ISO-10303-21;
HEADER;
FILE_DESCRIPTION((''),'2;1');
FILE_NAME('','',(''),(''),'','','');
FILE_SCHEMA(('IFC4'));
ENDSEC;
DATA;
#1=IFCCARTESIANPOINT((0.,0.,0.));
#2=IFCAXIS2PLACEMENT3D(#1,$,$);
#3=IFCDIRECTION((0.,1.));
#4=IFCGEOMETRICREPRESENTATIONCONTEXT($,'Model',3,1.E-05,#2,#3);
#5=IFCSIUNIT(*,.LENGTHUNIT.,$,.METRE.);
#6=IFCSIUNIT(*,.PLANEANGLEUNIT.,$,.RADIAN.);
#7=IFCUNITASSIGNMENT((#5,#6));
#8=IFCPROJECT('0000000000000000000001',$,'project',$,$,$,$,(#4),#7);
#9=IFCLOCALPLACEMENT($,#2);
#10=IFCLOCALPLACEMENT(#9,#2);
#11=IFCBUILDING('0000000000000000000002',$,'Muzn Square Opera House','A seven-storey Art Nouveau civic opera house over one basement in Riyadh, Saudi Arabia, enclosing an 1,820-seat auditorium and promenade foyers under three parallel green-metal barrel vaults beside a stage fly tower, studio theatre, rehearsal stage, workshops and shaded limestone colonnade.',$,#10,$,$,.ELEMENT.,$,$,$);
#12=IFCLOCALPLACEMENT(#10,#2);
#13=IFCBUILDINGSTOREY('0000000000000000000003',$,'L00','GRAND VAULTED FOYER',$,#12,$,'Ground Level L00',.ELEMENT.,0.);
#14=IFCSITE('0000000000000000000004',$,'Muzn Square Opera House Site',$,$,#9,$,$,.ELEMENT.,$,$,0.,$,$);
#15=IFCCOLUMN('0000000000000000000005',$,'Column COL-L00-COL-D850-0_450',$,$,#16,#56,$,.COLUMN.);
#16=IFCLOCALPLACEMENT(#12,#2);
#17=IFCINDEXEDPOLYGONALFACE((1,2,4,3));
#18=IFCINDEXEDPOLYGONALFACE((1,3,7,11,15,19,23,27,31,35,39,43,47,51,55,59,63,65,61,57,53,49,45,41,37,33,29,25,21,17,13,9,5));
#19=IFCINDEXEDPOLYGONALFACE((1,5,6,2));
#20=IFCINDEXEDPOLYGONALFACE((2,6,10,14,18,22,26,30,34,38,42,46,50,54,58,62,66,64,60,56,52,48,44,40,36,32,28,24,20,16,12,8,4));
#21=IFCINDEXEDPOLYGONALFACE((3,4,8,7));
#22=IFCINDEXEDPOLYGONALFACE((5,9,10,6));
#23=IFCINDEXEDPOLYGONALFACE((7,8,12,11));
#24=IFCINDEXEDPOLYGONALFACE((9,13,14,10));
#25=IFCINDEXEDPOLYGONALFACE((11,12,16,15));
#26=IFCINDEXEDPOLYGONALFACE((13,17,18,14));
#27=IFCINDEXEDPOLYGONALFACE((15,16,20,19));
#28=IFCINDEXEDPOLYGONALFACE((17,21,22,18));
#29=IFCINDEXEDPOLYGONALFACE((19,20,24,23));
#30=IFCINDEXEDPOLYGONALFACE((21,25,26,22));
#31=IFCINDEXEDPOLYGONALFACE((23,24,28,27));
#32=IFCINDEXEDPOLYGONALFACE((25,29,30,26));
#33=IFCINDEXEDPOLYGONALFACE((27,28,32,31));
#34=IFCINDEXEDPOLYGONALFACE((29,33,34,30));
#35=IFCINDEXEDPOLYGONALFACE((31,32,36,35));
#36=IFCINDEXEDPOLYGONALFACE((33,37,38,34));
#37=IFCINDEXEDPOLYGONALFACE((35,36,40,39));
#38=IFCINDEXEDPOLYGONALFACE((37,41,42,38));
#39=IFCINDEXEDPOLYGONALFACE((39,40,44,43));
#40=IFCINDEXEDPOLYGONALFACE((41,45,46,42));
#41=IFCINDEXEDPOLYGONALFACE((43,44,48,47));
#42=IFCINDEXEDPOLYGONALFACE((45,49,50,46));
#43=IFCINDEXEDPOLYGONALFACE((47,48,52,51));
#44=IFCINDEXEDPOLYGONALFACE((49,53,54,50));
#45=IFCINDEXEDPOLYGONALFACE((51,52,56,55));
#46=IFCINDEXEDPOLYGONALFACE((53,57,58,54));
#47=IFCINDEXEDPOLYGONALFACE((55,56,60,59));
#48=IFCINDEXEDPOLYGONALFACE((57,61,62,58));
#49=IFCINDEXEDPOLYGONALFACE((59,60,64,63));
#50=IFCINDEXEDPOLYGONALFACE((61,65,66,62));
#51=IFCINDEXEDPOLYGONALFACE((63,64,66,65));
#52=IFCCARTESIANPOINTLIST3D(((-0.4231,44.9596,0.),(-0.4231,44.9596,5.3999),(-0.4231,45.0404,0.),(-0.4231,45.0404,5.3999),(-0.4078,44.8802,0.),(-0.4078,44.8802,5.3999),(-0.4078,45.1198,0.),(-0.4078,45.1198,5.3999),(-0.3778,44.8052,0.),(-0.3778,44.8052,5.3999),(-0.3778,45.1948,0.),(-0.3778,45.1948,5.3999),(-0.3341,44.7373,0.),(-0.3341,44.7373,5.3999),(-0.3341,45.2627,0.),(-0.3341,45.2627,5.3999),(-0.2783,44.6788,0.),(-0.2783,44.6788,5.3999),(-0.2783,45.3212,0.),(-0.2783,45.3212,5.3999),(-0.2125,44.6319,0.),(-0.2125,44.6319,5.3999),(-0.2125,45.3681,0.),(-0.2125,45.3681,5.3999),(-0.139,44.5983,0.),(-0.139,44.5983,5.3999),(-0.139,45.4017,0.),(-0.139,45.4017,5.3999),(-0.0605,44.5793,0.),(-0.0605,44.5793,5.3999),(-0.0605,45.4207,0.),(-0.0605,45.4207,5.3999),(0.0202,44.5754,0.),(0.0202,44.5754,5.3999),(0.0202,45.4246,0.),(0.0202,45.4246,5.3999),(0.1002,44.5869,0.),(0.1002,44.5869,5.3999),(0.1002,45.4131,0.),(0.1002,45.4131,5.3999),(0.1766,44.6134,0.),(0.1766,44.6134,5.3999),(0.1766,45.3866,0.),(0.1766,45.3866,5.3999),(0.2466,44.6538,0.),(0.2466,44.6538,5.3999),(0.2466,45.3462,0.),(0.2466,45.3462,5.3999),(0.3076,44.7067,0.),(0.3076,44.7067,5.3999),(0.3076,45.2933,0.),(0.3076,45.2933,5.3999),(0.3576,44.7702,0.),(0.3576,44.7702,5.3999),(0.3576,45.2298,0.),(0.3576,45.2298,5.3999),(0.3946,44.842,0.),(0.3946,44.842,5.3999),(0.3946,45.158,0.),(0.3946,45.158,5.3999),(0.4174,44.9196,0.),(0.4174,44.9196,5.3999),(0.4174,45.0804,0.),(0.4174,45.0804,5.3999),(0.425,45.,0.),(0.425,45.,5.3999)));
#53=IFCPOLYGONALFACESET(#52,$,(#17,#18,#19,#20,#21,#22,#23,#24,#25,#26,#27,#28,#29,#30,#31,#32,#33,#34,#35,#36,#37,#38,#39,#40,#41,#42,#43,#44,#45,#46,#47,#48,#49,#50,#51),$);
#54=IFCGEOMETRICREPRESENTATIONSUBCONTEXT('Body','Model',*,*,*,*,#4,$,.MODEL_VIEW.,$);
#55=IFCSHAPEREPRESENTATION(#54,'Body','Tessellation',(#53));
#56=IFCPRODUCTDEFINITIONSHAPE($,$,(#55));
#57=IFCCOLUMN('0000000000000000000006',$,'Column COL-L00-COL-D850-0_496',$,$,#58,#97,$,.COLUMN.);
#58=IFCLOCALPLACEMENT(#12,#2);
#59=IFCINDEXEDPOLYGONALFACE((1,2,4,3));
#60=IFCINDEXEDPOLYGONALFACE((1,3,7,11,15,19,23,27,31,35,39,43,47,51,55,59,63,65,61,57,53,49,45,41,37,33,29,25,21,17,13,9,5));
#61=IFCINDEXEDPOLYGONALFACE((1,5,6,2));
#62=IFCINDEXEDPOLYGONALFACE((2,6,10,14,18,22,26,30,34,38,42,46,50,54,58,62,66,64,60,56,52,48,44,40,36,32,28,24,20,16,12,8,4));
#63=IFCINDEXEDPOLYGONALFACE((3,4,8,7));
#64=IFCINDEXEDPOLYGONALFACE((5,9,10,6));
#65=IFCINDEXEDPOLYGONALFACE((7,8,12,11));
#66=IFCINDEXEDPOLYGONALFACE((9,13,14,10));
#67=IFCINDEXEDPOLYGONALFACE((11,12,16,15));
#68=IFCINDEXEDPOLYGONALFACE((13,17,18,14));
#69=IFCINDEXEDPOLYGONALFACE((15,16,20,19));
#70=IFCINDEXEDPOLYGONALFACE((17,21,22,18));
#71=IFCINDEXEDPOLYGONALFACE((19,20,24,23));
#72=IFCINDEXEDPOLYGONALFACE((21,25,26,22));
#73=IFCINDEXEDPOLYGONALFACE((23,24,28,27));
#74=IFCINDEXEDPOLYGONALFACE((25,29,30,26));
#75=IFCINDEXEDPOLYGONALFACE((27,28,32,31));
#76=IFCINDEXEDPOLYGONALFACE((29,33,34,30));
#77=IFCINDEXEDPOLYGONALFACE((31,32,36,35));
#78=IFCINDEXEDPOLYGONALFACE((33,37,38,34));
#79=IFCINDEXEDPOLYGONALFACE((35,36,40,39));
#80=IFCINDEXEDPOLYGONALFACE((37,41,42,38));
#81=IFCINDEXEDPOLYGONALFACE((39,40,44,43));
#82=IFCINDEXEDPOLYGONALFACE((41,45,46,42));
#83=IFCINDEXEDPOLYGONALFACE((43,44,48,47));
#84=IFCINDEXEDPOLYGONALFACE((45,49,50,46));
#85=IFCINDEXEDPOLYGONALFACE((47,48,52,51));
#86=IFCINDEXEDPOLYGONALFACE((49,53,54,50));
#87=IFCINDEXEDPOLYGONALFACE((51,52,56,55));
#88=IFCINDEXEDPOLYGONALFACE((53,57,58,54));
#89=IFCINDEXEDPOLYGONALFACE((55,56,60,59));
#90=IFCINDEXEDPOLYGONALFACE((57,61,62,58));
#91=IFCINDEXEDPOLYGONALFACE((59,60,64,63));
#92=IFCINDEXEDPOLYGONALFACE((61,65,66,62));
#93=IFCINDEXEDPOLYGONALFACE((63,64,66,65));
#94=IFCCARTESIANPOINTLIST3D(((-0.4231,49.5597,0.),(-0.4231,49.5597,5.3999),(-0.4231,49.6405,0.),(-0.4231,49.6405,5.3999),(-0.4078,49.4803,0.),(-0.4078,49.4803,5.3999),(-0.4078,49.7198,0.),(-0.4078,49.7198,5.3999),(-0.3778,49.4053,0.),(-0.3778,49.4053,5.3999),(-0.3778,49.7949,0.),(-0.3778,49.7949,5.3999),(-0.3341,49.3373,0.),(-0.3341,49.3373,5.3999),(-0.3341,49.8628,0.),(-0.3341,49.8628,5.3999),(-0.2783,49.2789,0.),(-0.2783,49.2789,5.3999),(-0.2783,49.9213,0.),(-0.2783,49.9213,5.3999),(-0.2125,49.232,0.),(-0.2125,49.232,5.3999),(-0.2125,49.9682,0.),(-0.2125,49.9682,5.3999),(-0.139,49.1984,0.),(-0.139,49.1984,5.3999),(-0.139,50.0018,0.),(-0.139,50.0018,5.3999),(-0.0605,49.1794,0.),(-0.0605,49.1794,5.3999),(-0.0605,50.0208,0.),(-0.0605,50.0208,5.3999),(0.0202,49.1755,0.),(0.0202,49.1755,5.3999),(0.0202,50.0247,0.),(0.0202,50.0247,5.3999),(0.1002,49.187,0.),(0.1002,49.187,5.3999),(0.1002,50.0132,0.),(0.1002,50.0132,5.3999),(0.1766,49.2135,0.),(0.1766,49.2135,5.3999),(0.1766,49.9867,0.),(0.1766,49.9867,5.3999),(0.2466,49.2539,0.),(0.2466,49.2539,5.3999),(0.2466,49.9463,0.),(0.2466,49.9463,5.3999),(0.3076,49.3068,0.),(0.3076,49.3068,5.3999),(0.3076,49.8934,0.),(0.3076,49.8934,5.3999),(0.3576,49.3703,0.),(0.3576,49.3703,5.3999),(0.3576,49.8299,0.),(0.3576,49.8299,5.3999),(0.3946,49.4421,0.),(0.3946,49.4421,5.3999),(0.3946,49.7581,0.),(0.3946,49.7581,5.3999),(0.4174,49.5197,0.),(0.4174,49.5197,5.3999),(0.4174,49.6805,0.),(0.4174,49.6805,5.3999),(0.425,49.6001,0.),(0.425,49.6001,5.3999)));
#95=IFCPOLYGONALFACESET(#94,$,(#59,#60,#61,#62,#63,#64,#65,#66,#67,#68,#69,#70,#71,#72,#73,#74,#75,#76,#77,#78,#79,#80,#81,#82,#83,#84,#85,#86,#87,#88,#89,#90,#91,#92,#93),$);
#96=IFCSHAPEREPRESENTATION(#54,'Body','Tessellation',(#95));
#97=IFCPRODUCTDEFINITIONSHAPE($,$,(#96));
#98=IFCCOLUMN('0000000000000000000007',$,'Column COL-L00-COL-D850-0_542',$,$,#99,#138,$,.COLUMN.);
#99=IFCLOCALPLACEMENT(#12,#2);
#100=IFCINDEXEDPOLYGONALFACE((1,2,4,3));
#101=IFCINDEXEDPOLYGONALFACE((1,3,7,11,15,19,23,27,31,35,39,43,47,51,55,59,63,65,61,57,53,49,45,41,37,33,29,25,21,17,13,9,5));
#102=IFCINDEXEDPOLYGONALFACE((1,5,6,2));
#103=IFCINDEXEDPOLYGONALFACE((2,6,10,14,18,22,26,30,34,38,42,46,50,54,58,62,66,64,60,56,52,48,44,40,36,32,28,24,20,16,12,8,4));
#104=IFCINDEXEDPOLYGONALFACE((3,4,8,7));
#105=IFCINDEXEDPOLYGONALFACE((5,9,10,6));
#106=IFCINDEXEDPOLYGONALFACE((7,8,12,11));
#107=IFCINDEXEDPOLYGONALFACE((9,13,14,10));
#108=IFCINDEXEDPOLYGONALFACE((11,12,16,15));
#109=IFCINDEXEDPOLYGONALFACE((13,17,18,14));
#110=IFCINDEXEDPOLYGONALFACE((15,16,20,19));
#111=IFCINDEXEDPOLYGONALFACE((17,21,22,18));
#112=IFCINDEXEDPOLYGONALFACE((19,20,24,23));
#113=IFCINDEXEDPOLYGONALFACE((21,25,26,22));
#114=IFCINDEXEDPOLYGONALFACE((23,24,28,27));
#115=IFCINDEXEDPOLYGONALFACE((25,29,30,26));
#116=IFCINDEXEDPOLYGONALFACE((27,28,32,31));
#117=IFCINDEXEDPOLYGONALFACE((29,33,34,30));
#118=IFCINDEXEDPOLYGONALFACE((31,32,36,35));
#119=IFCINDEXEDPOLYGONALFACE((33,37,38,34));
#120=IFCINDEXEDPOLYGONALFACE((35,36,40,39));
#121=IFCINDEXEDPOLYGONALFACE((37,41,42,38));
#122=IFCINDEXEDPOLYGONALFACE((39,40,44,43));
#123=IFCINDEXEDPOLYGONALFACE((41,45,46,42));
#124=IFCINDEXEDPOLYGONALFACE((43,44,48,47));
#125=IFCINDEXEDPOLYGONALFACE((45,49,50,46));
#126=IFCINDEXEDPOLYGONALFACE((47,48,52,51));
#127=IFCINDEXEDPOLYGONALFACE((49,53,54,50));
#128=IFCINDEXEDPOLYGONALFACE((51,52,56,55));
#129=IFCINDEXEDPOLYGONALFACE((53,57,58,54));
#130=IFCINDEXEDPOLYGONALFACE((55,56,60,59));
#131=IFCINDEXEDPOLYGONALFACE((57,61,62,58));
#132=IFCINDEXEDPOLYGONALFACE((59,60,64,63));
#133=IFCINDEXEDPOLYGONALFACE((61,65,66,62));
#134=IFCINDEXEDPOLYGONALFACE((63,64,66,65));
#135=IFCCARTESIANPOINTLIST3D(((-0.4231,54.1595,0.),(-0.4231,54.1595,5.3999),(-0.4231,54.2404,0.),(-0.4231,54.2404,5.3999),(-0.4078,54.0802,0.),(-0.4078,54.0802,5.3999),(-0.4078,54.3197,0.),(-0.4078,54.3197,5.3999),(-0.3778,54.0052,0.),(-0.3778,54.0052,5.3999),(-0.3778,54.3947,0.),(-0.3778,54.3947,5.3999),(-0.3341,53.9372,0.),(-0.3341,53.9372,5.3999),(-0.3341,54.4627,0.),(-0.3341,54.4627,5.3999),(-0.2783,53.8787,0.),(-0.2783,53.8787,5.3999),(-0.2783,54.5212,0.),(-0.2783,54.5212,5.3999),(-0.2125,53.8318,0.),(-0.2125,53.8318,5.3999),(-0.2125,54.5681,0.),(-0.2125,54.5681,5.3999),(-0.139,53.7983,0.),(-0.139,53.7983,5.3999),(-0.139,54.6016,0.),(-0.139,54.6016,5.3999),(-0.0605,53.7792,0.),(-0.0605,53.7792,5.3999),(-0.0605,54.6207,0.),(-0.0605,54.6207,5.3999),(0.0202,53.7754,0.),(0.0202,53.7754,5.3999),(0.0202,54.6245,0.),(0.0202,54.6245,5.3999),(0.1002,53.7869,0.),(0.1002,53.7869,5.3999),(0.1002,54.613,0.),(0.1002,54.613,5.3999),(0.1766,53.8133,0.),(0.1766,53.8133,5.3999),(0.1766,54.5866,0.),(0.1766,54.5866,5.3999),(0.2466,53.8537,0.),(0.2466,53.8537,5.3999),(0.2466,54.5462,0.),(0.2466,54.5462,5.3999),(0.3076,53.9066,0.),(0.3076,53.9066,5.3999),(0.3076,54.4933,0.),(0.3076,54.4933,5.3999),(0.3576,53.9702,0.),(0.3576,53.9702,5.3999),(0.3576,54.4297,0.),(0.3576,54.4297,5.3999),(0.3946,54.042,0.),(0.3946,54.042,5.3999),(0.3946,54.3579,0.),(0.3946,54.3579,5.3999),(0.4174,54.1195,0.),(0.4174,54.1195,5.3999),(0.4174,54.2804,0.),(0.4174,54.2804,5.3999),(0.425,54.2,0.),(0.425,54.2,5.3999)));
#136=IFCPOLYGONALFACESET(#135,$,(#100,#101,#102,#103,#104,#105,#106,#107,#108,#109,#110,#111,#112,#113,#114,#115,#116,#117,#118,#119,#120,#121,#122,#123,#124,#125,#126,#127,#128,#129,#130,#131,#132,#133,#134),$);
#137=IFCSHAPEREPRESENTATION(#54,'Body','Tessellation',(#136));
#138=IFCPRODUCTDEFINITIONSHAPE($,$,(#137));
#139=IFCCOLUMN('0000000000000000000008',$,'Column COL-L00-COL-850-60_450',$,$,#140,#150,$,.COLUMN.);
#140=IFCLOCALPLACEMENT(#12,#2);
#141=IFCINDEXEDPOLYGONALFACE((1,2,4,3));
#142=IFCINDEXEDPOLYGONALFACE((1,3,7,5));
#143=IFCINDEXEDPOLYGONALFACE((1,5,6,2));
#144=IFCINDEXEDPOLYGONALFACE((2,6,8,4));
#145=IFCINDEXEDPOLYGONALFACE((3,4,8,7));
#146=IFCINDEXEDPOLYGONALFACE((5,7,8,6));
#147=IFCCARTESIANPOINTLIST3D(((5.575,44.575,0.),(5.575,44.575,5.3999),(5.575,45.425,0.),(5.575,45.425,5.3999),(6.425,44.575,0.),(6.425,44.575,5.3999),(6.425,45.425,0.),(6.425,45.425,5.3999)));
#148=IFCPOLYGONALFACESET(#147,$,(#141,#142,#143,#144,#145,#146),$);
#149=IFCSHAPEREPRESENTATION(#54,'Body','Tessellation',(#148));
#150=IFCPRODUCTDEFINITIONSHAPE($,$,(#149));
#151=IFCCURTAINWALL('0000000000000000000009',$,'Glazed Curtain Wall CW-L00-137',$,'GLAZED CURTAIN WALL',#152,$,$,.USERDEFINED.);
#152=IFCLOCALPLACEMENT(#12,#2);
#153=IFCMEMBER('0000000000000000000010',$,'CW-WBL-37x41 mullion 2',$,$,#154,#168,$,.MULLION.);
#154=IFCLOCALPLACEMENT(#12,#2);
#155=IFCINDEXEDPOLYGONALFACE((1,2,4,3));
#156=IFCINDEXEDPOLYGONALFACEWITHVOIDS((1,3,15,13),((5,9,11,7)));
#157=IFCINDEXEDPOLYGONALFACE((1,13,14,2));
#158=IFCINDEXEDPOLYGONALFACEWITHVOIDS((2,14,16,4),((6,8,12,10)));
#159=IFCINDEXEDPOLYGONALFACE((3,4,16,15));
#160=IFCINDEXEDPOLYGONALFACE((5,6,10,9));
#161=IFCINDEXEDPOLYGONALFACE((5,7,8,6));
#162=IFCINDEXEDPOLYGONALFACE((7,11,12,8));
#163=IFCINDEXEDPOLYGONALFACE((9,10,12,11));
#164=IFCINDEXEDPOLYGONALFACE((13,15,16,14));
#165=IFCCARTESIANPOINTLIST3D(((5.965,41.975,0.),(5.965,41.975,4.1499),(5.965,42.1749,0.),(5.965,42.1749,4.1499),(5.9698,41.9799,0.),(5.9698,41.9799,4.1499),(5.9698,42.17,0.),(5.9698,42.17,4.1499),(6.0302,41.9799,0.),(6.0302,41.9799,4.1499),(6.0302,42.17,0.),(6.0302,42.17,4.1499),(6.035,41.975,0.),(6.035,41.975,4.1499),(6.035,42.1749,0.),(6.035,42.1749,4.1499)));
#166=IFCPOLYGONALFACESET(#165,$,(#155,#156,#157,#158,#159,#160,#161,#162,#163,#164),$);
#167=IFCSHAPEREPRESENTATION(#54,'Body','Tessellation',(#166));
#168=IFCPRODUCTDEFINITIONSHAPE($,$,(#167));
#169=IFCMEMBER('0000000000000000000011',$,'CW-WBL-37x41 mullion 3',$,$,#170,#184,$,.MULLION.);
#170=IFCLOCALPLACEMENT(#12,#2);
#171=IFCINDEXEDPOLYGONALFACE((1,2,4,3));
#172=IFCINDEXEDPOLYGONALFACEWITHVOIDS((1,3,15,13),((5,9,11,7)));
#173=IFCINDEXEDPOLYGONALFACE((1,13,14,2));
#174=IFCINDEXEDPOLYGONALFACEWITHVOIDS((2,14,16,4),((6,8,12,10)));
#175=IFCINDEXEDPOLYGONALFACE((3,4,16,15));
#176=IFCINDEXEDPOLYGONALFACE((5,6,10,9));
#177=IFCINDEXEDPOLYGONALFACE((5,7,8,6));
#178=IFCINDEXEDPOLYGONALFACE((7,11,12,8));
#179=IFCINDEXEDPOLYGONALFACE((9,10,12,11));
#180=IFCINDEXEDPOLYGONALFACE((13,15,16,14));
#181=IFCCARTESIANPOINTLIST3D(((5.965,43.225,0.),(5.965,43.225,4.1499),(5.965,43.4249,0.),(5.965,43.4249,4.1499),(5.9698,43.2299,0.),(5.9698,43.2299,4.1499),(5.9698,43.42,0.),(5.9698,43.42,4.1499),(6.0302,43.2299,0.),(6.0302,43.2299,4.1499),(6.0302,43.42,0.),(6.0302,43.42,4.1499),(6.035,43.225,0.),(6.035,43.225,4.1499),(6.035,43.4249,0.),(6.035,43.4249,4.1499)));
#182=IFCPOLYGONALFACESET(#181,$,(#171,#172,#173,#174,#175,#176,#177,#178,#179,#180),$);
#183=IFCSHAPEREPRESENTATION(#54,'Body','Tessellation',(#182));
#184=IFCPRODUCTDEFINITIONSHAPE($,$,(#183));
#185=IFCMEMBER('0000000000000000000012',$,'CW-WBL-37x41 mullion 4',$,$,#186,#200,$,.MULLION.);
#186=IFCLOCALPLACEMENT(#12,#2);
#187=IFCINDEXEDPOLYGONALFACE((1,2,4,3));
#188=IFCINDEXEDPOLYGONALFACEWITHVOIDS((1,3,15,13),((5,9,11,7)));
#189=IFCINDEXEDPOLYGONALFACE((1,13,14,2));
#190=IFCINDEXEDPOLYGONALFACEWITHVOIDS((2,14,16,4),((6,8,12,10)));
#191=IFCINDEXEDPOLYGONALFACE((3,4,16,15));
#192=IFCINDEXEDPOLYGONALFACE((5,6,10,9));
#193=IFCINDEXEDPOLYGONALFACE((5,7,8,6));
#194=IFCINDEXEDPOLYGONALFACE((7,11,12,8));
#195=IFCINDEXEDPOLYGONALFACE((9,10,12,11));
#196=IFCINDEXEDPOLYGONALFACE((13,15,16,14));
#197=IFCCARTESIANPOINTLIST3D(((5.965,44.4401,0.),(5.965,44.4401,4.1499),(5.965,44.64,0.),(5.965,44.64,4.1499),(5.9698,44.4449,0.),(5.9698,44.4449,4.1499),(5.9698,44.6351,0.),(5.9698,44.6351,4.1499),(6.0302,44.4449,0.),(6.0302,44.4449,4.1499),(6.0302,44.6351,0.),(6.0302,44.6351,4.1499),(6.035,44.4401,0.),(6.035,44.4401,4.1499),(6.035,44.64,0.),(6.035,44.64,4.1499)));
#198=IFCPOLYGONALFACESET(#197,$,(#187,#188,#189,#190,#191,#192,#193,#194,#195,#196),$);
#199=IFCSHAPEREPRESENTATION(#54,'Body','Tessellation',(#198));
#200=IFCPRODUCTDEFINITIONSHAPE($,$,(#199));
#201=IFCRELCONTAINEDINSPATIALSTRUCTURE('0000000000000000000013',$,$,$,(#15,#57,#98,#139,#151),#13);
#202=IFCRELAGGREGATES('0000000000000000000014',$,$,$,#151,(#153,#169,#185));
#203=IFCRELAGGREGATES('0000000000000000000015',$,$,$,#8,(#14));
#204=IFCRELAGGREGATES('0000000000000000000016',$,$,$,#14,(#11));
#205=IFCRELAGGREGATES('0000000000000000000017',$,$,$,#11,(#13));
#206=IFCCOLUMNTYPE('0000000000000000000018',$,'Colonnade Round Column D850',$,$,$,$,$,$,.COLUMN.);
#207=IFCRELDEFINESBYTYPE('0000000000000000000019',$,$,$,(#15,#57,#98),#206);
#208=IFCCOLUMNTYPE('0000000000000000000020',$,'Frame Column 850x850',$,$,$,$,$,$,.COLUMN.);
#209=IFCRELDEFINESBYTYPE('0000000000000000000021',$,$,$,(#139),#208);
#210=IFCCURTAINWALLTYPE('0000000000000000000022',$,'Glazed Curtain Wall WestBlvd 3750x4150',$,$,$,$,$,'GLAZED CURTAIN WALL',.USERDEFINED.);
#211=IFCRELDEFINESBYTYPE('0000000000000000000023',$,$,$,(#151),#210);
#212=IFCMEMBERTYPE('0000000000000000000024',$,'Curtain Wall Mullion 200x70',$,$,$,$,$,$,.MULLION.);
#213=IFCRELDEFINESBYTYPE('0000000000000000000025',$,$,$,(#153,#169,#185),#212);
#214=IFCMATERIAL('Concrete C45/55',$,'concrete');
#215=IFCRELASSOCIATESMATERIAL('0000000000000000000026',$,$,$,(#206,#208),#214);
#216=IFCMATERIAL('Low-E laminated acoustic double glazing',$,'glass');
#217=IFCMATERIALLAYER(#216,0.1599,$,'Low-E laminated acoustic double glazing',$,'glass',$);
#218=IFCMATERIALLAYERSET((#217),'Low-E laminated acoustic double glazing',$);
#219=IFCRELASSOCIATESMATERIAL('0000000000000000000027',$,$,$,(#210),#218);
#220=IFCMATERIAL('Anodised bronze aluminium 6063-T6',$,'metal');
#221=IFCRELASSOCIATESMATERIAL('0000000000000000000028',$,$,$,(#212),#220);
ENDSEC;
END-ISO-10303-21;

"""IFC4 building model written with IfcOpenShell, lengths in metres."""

from ifc_helpers import new_model, si_unit, direction, frame, origin, origin_2d, place, context, subcontext, project, spatial, rectangle, hollow_rectangle, circle, extrude, material, layer, layer_set, material_profile, profile_set, type_object, element, aggregate, save


model = new_model("IFC4")

# Units and contexts
model_context = context("Model", 3, precision=1e-05, world=origin(), true_north=direction((0.0, 1.0)))
body_context = subcontext(model_context, "Body", "Model", "MODEL_VIEW")
ifc_project = project(units=[si_unit("LENGTHUNIT", "METRE"), si_unit("PLANEANGLEUNIT", "RADIAN")], contexts=[model_context])

# Site, building, storey
site_placement = place(None, origin())
site = spatial("IfcSite", under=ifc_project, at=site_placement, Name="Muzn Square Opera House Site", CompositionType="ELEMENT", RefElevation=0.0)
building_placement = place(site_placement, origin())
building = spatial("IfcBuilding", under=site, at=building_placement, Name="Muzn Square Opera House", Description="A seven-storey Art Nouveau civic opera house over one basement in Riyadh, Saudi Arabia, enclosing an 1,820-seat auditorium and promenade foyers under three parallel green-metal barrel vaults beside a stage fly tower, studio theatre, rehearsal stage, workshops and shaded limestone colonnade.", CompositionType="ELEMENT")
storey_placement = place(building_placement, origin())
storey = spatial("IfcBuildingStorey", under=building, at=storey_placement, Name="L00", Description="GRAND VAULTED FOYER", LongName="Ground Level L00", CompositionType="ELEMENT", Elevation=0.0)

# Columns
ifc_material_1 = material(Name="Concrete C45/55", Category="concrete")
ifc_material_profile_1 = material_profile(ifc_material_1, circle(Radius=0.425, at=origin_2d()), Name="RCC D850", Category="concrete")
ifc_profile_set_1 = profile_set([ifc_material_profile_1], Name="Concrete C45/55")
column_type_1 = type_object("IfcColumnType", Name="Colonnade Round Column D850", PredefinedType="COLUMN", material=ifc_profile_set_1)
for number, where, z_axis, x_axis, name in (
    (1, (0.0, 45.0, 0.0), (0.0, 0.0, 1.0), (1.0, 0.0, 0.0), "Column COL-L00-COL-D850-0_450"),
    (2, (0.0, 49.6001, 0.0), (0.0, 0.0, 1.0), (1.0, 0.0, 0.0), "Column COL-L00-COL-D850-0_496"),
    (3, (0.0, 54.2, 0.0), (0.0, 0.0, 1.0), (1.0, 0.0, 0.0), "Column COL-L00-COL-D850-0_542"),
):
    element("IfcColumn", number, at=place(storey_placement, frame(where, z_axis=z_axis, x_axis=x_axis)), inside=storey, type_object=column_type_1, Name=name, PredefinedType="COLUMN", context=body_context, shape_type="SweptSolid", body=[
        extrude(circle(Radius=0.425, at=origin_2d()), origin(), (0.0, 0.0, 1.0), 5.3999),
    ])
ifc_material_profile_2 = material_profile(ifc_material_1, rectangle(XDim=0.8501, YDim=0.8501, at=origin_2d()), Name="RC 850x850", Category="concrete")
ifc_profile_set_2 = profile_set([ifc_material_profile_2], Name="Concrete C45/55")
column_type_2 = type_object("IfcColumnType", Name="Frame Column 850x850", PredefinedType="COLUMN", material=ifc_profile_set_2)
column_placement = place(storey_placement, frame((6.0, 45.0, 0.0), z_axis=(0.0, 0.0, 1.0), x_axis=(1.0, 0.0, 0.0)))
element("IfcColumn", 4, at=column_placement, inside=storey, type_object=column_type_2, Name="Column COL-L00-COL-850-60_450", PredefinedType="COLUMN", context=body_context, shape_type="SweptSolid", body=[
    extrude(rectangle(XDim=0.8501, YDim=0.8501, at=origin_2d()), origin(), (0.0, 0.0, 1.0), 5.3999),
])

# Curtain wall, members
ifc_material_2 = material(Name="Low-E laminated acoustic double glazing", Category="glass")
ifc_layer_1 = layer(ifc_material_2, 0.1599, Name="Low-E laminated acoustic double glazing", Category="glass")
ifc_layer_set_1 = layer_set([ifc_layer_1], Name="Low-E laminated acoustic double glazing")
curtain_wall_type = type_object("IfcCurtainWallType", Name="Glazed Curtain Wall WestBlvd 3750x4150", ElementType="GLAZED CURTAIN WALL", PredefinedType="USERDEFINED", material=ifc_layer_set_1)
curtain_wall_1_placement = place(storey_placement, origin())
curtain_wall_1 = element("IfcCurtainWall", 5, at=curtain_wall_1_placement, inside=storey, type_object=curtain_wall_type, Name="Glazed Curtain Wall CW-L00-137", ObjectType="GLAZED CURTAIN WALL", PredefinedType="USERDEFINED")
ifc_material_3 = material(Name="Anodised bronze aluminium 6063-T6", Category="metal")
ifc_material_profile_3 = material_profile(ifc_material_3, hollow_rectangle(XDim=0.0701, YDim=0.2, WallThickness=0.0049, at=origin_2d()), Name="ALU 200x70x5", Category="metal")
ifc_profile_set_3 = profile_set([ifc_material_profile_3], Name="Anodised bronze aluminium 6063-T6")
member_type_1 = type_object("IfcMemberType", Name="Curtain Wall Mullion 200x70", PredefinedType="MULLION", material=ifc_profile_set_3)
member_1_placement = place(storey_placement, frame((6.0, 42.075, 0.0), z_axis=(0.0, 0.0, 1.0), x_axis=(-1.0, 0.0, 0.0)))
member_1 = element("IfcMember", 6, at=member_1_placement, type_object=member_type_1, Name="CW-WBL-37x41 mullion 2", PredefinedType="MULLION", context=body_context, shape_type="SweptSolid", body=[
    extrude(hollow_rectangle(XDim=0.0701, YDim=0.2, WallThickness=0.0049, at=origin_2d()), origin(), (0.0, 0.0, 1.0), 4.1499),
])
member_2_placement = place(storey_placement, frame((6.0, 43.325, 0.0), z_axis=(0.0, 0.0, 1.0), x_axis=(-1.0, 0.0, 0.0)))
member_2 = element("IfcMember", 7, at=member_2_placement, type_object=member_type_1, Name="CW-WBL-37x41 mullion 3", PredefinedType="MULLION", context=body_context, shape_type="SweptSolid", body=[
    extrude(hollow_rectangle(XDim=0.0701, YDim=0.2, WallThickness=0.0049, at=origin_2d()), origin(), (0.0, 0.0, 1.0), 4.1499),
])
member_3_placement = place(storey_placement, frame((6.0, 44.54, 0.0), z_axis=(0.0, 0.0, 1.0), x_axis=(-1.0, 0.0, 0.0)))
member_3 = element("IfcMember", 8, at=member_3_placement, type_object=member_type_1, Name="CW-WBL-37x41 mullion 4", PredefinedType="MULLION", context=body_context, shape_type="SweptSolid", body=[
    extrude(hollow_rectangle(XDim=0.0701, YDim=0.2, WallThickness=0.0049, at=origin_2d()), origin(), (0.0, 0.0, 1.0), 4.1499),
])

aggregate(curtain_wall_1, [member_1, member_2, member_3])

save(model, "model.ifc")
